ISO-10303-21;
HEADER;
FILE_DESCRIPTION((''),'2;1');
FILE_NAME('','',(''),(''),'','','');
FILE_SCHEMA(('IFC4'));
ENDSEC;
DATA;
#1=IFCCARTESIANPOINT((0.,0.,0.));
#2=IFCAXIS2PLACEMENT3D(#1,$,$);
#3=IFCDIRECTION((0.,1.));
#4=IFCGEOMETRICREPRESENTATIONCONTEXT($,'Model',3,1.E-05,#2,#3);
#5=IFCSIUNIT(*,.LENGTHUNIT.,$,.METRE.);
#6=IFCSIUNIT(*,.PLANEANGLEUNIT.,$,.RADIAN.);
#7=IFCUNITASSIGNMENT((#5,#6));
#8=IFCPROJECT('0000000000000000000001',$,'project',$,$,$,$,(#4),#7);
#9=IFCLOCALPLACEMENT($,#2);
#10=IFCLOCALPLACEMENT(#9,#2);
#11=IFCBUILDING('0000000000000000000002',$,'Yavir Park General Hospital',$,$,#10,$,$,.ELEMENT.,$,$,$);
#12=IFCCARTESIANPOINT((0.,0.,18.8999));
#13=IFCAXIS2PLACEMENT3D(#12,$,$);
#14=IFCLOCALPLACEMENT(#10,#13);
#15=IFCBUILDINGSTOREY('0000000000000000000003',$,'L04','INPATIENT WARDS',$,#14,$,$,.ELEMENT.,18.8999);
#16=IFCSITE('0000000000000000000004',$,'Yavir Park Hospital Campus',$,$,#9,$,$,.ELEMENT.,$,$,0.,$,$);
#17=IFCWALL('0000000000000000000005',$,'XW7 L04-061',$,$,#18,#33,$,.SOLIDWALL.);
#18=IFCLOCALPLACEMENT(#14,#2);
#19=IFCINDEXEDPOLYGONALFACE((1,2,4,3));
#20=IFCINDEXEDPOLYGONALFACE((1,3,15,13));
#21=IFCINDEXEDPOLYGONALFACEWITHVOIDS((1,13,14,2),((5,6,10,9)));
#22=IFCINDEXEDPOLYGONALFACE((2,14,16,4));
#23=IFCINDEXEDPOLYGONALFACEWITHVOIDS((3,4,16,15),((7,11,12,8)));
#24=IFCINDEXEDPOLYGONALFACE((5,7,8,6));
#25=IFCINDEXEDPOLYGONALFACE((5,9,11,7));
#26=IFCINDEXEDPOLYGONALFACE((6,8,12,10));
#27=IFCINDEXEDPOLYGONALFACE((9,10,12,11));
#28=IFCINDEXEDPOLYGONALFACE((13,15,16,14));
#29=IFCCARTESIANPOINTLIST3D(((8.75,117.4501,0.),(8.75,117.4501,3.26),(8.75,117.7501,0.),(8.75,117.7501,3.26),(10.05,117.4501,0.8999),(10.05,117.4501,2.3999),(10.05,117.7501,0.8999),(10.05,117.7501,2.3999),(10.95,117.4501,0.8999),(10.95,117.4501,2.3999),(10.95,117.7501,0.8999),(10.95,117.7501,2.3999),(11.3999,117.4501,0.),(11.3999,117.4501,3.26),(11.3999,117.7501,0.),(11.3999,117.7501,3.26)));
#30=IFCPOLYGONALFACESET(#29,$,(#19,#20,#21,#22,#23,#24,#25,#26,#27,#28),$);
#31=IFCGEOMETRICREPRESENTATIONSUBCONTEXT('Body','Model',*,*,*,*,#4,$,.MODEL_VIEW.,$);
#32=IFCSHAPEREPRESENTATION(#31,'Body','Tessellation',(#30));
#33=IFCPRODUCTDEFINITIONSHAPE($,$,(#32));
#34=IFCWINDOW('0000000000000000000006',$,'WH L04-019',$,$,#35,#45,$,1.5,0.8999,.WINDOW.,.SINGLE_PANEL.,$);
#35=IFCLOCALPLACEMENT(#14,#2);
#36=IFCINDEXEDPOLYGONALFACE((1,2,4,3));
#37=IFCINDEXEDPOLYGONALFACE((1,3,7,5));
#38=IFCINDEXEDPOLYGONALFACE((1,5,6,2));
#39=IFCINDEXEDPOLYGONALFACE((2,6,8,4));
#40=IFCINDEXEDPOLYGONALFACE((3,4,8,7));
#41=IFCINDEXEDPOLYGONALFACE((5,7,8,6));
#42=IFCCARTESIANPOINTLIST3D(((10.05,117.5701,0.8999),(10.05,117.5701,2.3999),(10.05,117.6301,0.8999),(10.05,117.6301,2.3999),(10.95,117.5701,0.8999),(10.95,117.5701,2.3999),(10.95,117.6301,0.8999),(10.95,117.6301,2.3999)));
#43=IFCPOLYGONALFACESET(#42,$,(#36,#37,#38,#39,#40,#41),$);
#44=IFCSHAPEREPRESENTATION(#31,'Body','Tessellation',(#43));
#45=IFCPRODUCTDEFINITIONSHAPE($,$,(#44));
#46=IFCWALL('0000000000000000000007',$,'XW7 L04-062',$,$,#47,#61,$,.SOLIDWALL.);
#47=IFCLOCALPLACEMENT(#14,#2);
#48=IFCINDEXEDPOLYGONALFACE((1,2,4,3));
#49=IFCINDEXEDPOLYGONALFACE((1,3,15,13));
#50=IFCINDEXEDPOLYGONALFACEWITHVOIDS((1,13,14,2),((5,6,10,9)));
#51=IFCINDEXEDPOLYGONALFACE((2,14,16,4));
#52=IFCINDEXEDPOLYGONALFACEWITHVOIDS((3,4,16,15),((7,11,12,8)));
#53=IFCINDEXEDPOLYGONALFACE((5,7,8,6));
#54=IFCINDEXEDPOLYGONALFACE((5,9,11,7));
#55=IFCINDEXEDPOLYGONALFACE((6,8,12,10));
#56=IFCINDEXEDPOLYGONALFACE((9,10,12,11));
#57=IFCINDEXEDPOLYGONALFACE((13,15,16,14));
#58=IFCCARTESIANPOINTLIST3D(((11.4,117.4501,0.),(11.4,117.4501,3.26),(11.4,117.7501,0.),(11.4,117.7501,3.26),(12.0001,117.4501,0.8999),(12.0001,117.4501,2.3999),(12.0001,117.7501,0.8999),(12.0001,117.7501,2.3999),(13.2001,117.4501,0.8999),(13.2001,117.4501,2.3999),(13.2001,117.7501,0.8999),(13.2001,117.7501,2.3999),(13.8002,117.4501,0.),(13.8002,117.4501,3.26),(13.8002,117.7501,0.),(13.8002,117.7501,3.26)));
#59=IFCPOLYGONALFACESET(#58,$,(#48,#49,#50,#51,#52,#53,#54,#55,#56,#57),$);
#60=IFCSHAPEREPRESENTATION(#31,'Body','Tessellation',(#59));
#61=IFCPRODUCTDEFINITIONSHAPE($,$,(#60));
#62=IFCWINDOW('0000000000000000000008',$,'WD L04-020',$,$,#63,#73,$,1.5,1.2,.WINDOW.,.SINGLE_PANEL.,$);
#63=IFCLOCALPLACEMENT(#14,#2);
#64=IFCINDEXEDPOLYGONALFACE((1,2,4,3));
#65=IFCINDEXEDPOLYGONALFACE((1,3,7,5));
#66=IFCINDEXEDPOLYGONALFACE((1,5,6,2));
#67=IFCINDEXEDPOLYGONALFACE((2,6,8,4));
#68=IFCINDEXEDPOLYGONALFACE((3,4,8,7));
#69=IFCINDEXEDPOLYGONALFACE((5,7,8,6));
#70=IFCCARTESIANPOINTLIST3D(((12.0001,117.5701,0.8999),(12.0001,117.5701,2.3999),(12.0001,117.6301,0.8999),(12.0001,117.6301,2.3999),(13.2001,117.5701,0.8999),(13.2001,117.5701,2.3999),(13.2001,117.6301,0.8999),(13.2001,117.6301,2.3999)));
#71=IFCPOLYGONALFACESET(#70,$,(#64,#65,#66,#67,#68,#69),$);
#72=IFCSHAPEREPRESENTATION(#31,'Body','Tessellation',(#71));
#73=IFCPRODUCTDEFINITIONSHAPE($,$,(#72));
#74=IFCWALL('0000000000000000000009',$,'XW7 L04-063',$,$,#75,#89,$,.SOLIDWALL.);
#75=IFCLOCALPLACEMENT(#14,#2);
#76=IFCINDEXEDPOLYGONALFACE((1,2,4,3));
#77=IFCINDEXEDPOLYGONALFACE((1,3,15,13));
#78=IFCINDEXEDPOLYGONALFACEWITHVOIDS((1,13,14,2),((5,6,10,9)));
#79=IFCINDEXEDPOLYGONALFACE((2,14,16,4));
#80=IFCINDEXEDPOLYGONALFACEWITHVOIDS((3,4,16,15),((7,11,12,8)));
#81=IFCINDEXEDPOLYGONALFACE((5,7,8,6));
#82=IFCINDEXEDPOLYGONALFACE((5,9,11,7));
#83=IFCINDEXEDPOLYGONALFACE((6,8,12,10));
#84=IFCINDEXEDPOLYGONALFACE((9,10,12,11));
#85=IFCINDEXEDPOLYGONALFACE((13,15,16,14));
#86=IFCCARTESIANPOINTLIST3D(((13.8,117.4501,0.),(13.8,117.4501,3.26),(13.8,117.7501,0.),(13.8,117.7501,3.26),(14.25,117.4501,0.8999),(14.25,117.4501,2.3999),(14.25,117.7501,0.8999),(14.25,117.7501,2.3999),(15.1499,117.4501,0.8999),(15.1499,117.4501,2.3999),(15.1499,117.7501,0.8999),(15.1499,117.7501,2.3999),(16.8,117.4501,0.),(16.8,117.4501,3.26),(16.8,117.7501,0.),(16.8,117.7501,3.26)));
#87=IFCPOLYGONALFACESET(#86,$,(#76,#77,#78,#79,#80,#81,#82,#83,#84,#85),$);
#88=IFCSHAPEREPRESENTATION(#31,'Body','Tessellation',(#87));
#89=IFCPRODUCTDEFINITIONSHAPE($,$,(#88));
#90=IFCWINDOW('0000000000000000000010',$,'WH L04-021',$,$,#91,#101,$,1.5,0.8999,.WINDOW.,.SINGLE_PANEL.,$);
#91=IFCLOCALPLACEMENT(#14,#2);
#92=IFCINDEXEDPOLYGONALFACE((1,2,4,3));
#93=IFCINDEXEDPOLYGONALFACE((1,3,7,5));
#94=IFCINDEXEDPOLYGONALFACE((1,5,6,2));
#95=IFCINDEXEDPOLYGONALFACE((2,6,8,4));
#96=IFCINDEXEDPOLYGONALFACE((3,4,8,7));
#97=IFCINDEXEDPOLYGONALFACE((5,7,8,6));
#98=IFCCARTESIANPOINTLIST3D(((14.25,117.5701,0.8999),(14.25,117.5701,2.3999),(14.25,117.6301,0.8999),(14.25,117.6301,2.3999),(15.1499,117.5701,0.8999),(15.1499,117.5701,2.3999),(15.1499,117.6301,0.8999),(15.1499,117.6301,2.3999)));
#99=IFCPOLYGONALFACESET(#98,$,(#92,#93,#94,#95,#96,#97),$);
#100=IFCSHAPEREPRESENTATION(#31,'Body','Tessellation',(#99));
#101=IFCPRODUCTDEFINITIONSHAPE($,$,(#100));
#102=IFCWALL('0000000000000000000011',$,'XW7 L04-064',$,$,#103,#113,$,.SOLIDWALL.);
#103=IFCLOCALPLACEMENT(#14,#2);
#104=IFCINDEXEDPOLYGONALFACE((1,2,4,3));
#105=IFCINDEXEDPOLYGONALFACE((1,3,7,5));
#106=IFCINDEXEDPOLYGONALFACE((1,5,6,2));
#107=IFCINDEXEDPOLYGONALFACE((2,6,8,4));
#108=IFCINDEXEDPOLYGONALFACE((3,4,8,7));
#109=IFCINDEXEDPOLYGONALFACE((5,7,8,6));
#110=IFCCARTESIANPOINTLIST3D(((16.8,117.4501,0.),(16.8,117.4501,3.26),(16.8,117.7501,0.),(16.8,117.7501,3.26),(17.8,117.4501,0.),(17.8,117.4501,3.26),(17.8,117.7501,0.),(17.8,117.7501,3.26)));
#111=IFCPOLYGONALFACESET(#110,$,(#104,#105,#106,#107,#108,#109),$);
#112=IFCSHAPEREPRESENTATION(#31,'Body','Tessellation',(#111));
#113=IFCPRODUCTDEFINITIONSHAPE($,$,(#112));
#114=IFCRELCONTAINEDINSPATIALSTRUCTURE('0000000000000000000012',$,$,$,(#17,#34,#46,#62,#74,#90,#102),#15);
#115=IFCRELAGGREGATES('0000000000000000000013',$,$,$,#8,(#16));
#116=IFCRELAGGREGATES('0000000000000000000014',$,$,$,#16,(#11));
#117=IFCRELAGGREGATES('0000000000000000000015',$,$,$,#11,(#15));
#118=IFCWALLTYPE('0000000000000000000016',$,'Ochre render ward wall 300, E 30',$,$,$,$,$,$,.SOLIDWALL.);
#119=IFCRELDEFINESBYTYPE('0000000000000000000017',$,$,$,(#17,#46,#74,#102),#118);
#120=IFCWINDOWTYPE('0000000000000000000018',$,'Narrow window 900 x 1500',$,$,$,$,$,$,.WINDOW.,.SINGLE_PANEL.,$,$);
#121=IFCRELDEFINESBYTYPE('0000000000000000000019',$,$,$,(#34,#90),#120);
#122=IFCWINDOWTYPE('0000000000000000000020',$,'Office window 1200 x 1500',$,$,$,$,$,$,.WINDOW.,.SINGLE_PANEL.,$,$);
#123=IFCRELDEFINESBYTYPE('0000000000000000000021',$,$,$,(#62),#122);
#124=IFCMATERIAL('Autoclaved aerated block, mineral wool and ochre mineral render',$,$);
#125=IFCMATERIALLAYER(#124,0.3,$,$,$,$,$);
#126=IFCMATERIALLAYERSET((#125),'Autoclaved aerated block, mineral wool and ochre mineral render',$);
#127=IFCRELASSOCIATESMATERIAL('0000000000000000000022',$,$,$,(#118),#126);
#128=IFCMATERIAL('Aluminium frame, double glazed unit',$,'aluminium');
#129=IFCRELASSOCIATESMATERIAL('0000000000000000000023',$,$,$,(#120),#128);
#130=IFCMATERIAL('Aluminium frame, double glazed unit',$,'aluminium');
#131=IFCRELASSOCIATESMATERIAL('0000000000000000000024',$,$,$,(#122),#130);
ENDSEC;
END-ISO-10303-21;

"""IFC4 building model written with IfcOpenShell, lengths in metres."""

from ifc_helpers import new_model, si_unit, direction, frame, frame_2d, origin, place, context, subcontext, project, spatial, rectangle, extrude, material, layer, layer_set, type_object, element, fill, save


model = new_model("IFC4")

# Units and contexts
model_context = context("Model", 3, precision=1e-05, world=origin(), true_north=direction((0.0, 1.0)))
body_context = subcontext(model_context, "Body", "Model", "MODEL_VIEW")
ifc_project = project(units=[si_unit("LENGTHUNIT", "METRE"), si_unit("PLANEANGLEUNIT", "RADIAN")], contexts=[model_context])

# Site, building, storey
site_placement = place(None, origin())
site = spatial("IfcSite", under=ifc_project, at=site_placement, Name="Yavir Park Hospital Campus", CompositionType="ELEMENT", RefElevation=0.0)
building_placement = place(site_placement, origin())
building = spatial("IfcBuilding", under=site, at=building_placement, Name="Yavir Park General Hospital", CompositionType="ELEMENT")
storey_placement = place(building_placement, frame((0.0, 0.0, 18.8999)))
storey = spatial("IfcBuildingStorey", under=building, at=storey_placement, Name="L04", Description="INPATIENT WARDS", CompositionType="ELEMENT", Elevation=18.8999)

# Shared definitions
ifc_material_1 = material(Name="Autoclaved aerated block, mineral wool and ochre mineral render")
ifc_layer_1 = layer(ifc_material_1, 0.3)
ifc_layer_set_1 = layer_set([ifc_layer_1], Name="Autoclaved aerated block, mineral wool and ochre mineral render")
wall_type_1 = type_object("IfcWallType", Name="Ochre render ward wall 300, E 30", PredefinedType="SOLIDWALL", material=ifc_layer_set_1)

# Walls, openings, windows
wall_1_placement = place(storey_placement, frame((8.75, 117.6001, 0.0), z_axis=(0.0, 0.0, 1.0), x_axis=(1.0, 0.0, 0.0)))
wall_1 = element("IfcWall", 1, at=wall_1_placement, inside=storey, type_object=wall_type_1, Name="XW7 L04-061", PredefinedType="SOLIDWALL", context=body_context, shape_type="SweptSolid", body=[
    extrude(rectangle(XDim=2.6499, YDim=0.3, at=frame_2d((1.325, 0.0))), origin(), (0.0, 0.0, 1.0), 3.26),
])
opening_1_placement = place(wall_1_placement, frame((1.3, 0.0, 0.8999)))
opening_1 = element("IfcOpeningElement", 2, at=opening_1_placement, cuts=wall_1, PredefinedType="OPENING", context=body_context, shape_type="SweptSolid", body=[
    extrude(rectangle(XDim=0.8999, YDim=1.5, at=frame_2d((0.45, 0.75))), frame((0.0, 0.1599, 0.0), z_axis=(0.0, -1.0, 0.0), x_axis=(1.0, 0.0, 0.0)), (0.0, 0.0, 1.0), 0.3201),
])
ifc_material_2 = material(Name="Aluminium frame, double glazed unit", Category="aluminium")
window_type_1 = type_object("IfcWindowType", Name="Narrow window 900 x 1500", PartitioningType="SINGLE_PANEL", PredefinedType="WINDOW", material=ifc_material_2)
window_1_placement = place(opening_1_placement, origin())
window_1 = element("IfcWindow", 3, at=window_1_placement, inside=storey, type_object=window_type_1, Name="WH L04-019", OverallHeight=1.5, OverallWidth=0.8999, PartitioningType="SINGLE_PANEL", PredefinedType="WINDOW", context=body_context, shape_type="SweptSolid", body=[
    extrude(rectangle(XDim=0.8999, YDim=1.5, at=frame_2d((0.45, 0.75))), frame((0.0, 0.03, 0.0), z_axis=(0.0, -1.0, 0.0), x_axis=(1.0, 0.0, 0.0)), (0.0, 0.0, 1.0), 0.0601),
])
fill(opening_1, window_1)
wall_2_placement = place(storey_placement, frame((11.3999, 117.6001, 0.0), z_axis=(0.0, 0.0, 1.0), x_axis=(1.0, 0.0, 0.0)))
wall_2 = element("IfcWall", 4, at=wall_2_placement, inside=storey, type_object=wall_type_1, Name="XW7 L04-062", PredefinedType="SOLIDWALL", context=body_context, shape_type="SweptSolid", body=[
    extrude(rectangle(XDim=2.4001, YDim=0.3, at=frame_2d((1.2002, 0.0))), origin(), (0.0, 0.0, 1.0), 3.26),
])
opening_2_placement = place(wall_2_placement, frame((0.6001, 0.0, 0.8999)))
opening_2 = element("IfcOpeningElement", 5, at=opening_2_placement, cuts=wall_2, PredefinedType="OPENING", context=body_context, shape_type="SweptSolid", body=[
    extrude(rectangle(XDim=1.2, YDim=1.5, at=frame_2d((0.6001, 0.75))), frame((0.0, 0.1599, 0.0), z_axis=(0.0, -1.0, 0.0), x_axis=(1.0, 0.0, 0.0)), (0.0, 0.0, 1.0), 0.3201),
])
ifc_material_3 = material(Name="Aluminium frame, double glazed unit", Category="aluminium")
window_type_2 = type_object("IfcWindowType", Name="Office window 1200 x 1500", PartitioningType="SINGLE_PANEL", PredefinedType="WINDOW", material=ifc_material_3)
window_2_placement = place(opening_2_placement, origin())
window_2 = element("IfcWindow", 6, at=window_2_placement, inside=storey, type_object=window_type_2, Name="WD L04-020", OverallHeight=1.5, OverallWidth=1.2, PartitioningType="SINGLE_PANEL", PredefinedType="WINDOW", context=body_context, shape_type="SweptSolid", body=[
    extrude(rectangle(XDim=1.2, YDim=1.5, at=frame_2d((0.6001, 0.75))), frame((0.0, 0.03, 0.0), z_axis=(0.0, -1.0, 0.0), x_axis=(1.0, 0.0, 0.0)), (0.0, 0.0, 1.0), 0.0601),
])
fill(opening_2, window_2)
wall_3_placement = place(storey_placement, frame((13.8, 117.6001, 0.0), z_axis=(0.0, 0.0, 1.0), x_axis=(1.0, 0.0, 0.0)))
wall_3 = element("IfcWall", 7, at=wall_3_placement, inside=storey, type_object=wall_type_1, Name="XW7 L04-063", PredefinedType="SOLIDWALL", context=body_context, shape_type="SweptSolid", body=[
    extrude(rectangle(XDim=3.0, YDim=0.3, at=frame_2d((1.5, 0.0))), origin(), (0.0, 0.0, 1.0), 3.26),
])
opening_3_placement = place(wall_3_placement, frame((0.45, 0.0, 0.8999)))
opening_3 = element("IfcOpeningElement", 8, at=opening_3_placement, cuts=wall_3, PredefinedType="OPENING", context=body_context, shape_type="SweptSolid", body=[
    extrude(rectangle(XDim=0.8999, YDim=1.5, at=frame_2d((0.45, 0.75))), frame((0.0, 0.1599, 0.0), z_axis=(0.0, -1.0, 0.0), x_axis=(1.0, 0.0, 0.0)), (0.0, 0.0, 1.0), 0.3201),
])
window_3_placement = place(opening_3_placement, origin())
window_3 = element("IfcWindow", 9, at=window_3_placement, inside=storey, type_object=window_type_1, Name="WH L04-021", OverallHeight=1.5, OverallWidth=0.8999, PartitioningType="SINGLE_PANEL", PredefinedType="WINDOW", context=body_context, shape_type="SweptSolid", body=[
    extrude(rectangle(XDim=0.8999, YDim=1.5, at=frame_2d((0.45, 0.75))), frame((0.0, 0.03, 0.0), z_axis=(0.0, -1.0, 0.0), x_axis=(1.0, 0.0, 0.0)), (0.0, 0.0, 1.0), 0.0601),
])
fill(opening_3, window_3)

# Wall
wall_4_placement = place(storey_placement, frame((16.8, 117.6001, 0.0), z_axis=(0.0, 0.0, 1.0), x_axis=(1.0, 0.0, 0.0)))
element("IfcWall", 10, at=wall_4_placement, inside=storey, type_object=wall_type_1, Name="XW7 L04-064", PredefinedType="SOLIDWALL", context=body_context, shape_type="SweptSolid", body=[
    extrude(rectangle(XDim=1.0, YDim=0.3, at=frame_2d((0.5, 0.0))), origin(), (0.0, 0.0, 1.0), 3.26),
])

save(model, "model.ifc")
